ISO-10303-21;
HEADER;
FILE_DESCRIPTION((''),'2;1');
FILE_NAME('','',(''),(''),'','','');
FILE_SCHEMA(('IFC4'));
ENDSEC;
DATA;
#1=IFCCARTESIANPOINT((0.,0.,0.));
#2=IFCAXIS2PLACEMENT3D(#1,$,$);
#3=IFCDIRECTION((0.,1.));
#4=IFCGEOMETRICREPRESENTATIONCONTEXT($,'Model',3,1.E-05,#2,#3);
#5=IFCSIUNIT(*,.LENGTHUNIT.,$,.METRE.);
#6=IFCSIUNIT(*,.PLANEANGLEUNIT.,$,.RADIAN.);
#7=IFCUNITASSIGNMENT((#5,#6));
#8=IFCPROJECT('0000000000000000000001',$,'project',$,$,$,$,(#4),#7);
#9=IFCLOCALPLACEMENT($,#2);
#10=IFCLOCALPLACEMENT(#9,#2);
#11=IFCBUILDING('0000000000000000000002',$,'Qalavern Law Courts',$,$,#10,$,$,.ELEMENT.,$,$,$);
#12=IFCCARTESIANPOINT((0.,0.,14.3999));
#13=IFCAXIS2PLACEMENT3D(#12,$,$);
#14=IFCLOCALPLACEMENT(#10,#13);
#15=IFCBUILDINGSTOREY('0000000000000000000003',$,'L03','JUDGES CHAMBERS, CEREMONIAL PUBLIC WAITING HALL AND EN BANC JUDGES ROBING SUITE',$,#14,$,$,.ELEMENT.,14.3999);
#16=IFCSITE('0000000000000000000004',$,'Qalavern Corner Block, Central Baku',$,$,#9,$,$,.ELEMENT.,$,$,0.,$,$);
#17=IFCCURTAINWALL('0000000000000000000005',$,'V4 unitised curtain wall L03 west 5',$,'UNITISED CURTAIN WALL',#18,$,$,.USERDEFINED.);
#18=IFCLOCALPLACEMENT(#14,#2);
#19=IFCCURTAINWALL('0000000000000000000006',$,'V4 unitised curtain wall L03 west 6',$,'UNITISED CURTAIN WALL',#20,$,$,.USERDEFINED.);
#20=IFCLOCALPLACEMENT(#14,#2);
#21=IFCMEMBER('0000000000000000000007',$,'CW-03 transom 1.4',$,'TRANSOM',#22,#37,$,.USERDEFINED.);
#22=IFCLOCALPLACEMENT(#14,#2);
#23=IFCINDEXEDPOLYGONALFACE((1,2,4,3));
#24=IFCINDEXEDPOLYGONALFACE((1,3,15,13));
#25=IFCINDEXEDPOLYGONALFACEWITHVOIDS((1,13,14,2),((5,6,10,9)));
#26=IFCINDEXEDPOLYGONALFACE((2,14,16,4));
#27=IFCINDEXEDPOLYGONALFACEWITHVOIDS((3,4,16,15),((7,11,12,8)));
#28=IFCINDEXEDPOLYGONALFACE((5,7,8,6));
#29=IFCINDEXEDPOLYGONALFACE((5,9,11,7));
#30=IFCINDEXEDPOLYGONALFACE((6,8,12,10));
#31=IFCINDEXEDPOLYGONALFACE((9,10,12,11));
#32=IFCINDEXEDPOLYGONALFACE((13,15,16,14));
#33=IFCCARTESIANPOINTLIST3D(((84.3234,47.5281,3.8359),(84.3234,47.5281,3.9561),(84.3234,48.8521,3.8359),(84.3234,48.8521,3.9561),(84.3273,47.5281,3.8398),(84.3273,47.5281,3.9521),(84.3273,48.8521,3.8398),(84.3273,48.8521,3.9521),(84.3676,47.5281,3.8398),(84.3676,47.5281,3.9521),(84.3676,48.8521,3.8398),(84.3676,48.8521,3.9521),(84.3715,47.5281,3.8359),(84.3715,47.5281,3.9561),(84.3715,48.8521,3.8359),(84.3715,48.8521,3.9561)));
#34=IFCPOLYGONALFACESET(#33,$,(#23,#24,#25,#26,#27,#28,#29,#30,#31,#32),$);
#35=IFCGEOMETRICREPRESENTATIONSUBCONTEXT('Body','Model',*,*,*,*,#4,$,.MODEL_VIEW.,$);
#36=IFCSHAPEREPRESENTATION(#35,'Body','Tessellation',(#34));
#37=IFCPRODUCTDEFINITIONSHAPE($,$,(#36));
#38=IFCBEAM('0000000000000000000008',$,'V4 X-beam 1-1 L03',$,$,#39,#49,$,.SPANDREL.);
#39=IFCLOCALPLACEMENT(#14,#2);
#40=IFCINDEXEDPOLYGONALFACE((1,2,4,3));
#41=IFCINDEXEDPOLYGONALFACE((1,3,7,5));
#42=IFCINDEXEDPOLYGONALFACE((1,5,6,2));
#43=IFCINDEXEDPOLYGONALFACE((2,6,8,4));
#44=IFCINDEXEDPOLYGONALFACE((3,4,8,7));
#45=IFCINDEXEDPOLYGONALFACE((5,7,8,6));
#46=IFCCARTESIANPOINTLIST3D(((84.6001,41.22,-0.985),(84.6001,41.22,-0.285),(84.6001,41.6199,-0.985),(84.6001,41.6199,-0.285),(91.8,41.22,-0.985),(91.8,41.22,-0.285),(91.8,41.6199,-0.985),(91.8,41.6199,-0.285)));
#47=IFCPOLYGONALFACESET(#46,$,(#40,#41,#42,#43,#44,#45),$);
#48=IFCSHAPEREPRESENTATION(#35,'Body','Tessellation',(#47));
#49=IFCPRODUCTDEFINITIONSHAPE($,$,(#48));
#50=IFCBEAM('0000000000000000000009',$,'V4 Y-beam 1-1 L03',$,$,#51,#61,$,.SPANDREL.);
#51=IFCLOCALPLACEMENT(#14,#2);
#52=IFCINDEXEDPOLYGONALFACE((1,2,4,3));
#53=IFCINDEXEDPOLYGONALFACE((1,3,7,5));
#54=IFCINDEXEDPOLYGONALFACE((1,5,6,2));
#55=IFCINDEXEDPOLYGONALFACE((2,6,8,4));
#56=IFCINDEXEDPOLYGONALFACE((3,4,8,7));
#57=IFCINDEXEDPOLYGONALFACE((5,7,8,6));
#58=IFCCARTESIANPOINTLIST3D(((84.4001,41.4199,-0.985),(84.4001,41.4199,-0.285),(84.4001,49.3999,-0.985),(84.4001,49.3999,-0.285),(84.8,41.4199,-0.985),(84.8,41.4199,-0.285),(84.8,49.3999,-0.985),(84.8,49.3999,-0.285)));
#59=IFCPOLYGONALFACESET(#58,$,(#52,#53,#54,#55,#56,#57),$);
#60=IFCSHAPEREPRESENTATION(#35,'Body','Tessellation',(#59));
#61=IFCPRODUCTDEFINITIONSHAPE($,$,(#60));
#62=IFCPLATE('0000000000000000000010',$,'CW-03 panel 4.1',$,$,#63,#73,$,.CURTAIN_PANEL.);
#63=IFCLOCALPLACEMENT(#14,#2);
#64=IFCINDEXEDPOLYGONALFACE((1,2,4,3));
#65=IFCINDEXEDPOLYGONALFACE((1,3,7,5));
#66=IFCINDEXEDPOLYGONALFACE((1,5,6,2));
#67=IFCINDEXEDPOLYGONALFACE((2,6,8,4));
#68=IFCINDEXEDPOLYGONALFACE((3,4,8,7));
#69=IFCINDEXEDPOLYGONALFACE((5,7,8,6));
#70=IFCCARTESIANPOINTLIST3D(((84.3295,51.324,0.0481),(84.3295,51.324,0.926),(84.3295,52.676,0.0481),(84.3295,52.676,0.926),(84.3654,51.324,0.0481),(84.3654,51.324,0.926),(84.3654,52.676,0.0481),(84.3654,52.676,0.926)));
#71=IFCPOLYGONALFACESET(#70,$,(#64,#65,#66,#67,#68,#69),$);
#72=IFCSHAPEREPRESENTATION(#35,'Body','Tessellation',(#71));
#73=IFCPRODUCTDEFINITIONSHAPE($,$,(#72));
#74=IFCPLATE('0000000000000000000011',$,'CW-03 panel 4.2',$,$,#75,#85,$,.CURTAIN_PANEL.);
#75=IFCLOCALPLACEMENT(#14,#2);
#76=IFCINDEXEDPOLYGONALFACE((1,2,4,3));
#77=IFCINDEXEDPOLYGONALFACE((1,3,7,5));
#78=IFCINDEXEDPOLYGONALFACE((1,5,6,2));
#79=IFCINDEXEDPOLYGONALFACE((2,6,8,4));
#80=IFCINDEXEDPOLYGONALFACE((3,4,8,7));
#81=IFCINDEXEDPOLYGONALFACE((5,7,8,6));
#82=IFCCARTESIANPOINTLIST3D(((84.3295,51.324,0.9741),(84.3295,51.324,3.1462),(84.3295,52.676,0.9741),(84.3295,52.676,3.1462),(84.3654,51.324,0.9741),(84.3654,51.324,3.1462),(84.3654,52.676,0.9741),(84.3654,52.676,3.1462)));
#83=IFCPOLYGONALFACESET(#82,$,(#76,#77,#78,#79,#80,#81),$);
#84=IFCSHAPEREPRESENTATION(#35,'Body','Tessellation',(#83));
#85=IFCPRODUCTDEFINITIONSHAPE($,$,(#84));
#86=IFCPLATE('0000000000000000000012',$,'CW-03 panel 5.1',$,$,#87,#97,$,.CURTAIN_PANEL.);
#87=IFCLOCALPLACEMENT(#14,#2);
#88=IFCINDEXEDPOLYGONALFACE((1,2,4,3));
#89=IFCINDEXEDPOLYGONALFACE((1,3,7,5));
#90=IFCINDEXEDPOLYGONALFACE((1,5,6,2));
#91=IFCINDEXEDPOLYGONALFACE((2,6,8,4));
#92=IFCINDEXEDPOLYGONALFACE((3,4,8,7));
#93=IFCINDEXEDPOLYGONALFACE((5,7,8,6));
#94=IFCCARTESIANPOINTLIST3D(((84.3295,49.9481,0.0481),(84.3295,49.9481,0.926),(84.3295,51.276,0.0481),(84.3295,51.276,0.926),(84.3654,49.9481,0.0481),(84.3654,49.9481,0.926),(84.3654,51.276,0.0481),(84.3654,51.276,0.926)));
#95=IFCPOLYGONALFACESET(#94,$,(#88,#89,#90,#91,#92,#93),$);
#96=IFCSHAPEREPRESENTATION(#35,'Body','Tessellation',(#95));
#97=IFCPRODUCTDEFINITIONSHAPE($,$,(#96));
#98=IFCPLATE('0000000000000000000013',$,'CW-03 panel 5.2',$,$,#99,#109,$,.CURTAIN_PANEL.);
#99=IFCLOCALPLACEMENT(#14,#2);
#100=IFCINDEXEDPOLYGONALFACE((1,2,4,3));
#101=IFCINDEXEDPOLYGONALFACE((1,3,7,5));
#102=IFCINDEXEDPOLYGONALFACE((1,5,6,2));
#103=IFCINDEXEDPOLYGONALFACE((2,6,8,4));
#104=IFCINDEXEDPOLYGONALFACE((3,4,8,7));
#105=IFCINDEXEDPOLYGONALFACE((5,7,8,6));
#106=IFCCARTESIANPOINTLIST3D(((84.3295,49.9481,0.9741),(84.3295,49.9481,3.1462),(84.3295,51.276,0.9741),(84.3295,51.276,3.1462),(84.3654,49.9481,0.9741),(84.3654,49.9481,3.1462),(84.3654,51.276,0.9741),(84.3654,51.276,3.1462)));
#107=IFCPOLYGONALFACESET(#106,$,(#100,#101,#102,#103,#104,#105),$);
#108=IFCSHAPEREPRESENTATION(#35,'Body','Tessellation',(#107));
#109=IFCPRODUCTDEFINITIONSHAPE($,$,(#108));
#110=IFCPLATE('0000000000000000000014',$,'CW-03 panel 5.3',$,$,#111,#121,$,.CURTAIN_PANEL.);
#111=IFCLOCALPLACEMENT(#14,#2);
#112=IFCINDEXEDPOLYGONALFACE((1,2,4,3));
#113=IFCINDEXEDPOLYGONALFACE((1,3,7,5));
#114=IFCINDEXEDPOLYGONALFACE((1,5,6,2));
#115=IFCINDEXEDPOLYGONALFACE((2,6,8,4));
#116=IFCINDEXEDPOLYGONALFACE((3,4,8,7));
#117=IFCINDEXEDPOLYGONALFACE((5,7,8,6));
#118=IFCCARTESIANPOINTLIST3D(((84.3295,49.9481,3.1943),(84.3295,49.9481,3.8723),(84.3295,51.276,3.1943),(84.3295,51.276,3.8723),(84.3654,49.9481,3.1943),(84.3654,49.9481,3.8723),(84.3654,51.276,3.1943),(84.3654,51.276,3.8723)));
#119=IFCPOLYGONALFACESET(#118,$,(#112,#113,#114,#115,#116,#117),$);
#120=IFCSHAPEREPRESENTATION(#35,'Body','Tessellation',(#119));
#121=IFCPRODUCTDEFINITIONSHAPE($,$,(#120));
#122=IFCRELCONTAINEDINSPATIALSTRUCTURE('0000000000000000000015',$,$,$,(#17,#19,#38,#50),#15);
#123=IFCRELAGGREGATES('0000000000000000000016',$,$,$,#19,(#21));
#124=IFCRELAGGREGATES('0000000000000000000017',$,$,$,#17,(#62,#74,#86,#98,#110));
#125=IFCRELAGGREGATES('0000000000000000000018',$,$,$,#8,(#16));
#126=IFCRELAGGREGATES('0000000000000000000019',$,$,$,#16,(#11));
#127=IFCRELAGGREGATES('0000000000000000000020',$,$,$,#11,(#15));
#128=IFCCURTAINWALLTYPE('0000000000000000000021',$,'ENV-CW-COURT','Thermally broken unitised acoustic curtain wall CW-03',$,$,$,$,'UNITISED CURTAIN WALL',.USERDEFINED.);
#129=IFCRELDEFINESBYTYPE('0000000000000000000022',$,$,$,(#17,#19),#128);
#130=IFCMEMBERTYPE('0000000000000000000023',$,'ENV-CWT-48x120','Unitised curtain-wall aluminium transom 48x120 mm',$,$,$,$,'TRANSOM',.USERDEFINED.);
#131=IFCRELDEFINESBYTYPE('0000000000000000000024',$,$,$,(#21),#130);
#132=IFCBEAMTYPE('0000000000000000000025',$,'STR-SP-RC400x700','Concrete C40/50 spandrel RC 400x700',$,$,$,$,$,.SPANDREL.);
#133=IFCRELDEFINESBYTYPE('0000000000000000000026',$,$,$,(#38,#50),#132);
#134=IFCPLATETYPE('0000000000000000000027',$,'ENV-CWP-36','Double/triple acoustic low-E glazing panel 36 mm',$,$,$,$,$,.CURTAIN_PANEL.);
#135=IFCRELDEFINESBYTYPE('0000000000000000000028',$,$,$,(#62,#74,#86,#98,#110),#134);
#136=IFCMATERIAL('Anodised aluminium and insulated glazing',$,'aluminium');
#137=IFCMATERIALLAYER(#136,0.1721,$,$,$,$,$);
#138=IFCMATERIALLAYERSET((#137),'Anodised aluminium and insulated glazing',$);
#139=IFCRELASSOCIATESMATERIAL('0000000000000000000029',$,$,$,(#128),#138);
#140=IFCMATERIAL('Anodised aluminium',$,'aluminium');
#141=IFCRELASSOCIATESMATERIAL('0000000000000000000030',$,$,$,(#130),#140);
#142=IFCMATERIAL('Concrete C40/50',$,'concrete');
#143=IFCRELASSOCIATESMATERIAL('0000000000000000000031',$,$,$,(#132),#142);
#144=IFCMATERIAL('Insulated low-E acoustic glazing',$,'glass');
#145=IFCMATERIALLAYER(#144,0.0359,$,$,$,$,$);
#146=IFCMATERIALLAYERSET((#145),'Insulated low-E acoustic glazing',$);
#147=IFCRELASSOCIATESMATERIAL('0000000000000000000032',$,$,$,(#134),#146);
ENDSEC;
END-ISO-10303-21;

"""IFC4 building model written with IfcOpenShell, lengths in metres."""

from ifc_helpers import new_model, si_unit, direction, frame, origin, origin_2d, place, context, subcontext, project, spatial, rectangle, hollow_rectangle, extrude, material, layer, layer_set, material_profile, profile_set, type_object, element, aggregate, save


model = new_model("IFC4")

# Units and contexts
model_context = context("Model", 3, precision=1e-05, world=origin(), true_north=direction((0.0, 1.0)))
body_context = subcontext(model_context, "Body", "Model", "MODEL_VIEW")
ifc_project = project(units=[si_unit("LENGTHUNIT", "METRE"), si_unit("PLANEANGLEUNIT", "RADIAN")], contexts=[model_context])

# Site, building, storey
site_placement = place(None, origin())
site = spatial("IfcSite", under=ifc_project, at=site_placement, Name="Qalavern Corner Block, Central Baku", CompositionType="ELEMENT", RefElevation=0.0)
building_placement = place(site_placement, origin())
building = spatial("IfcBuilding", under=site, at=building_placement, Name="Qalavern Law Courts", CompositionType="ELEMENT")
storey_placement = place(building_placement, frame((0.0, 0.0, 14.3999)))
storey = spatial("IfcBuildingStorey", under=building, at=storey_placement, Name="L03", Description="JUDGES CHAMBERS, CEREMONIAL PUBLIC WAITING HALL AND EN BANC JUDGES ROBING SUITE", CompositionType="ELEMENT", Elevation=14.3999)

# Curtain wall
ifc_material_1 = material(Name="Anodised aluminium and insulated glazing", Category="aluminium")
ifc_layer_1 = layer(ifc_material_1, 0.1721)
ifc_layer_set_1 = layer_set([ifc_layer_1], Name="Anodised aluminium and insulated glazing")
curtain_wall_type = type_object("IfcCurtainWallType", Name="ENV-CW-COURT", Description="Thermally broken unitised acoustic curtain wall CW-03", ElementType="UNITISED CURTAIN WALL", PredefinedType="USERDEFINED", material=ifc_layer_set_1)
curtain_wall_1_placement = place(storey_placement, origin())
curtain_wall_1 = element("IfcCurtainWall", 1, at=curtain_wall_1_placement, inside=storey, type_object=curtain_wall_type, Name="V4 unitised curtain wall L03 west 5", ObjectType="UNITISED CURTAIN WALL", PredefinedType="USERDEFINED")
ifc_material_2 = material(Name="Anodised aluminium", Category="aluminium")

# Curtain wall
curtain_wall_2_placement = place(storey_placement, origin())
curtain_wall_2 = element("IfcCurtainWall", 2, at=curtain_wall_2_placement, inside=storey, type_object=curtain_wall_type, Name="V4 unitised curtain wall L03 west 6", ObjectType="UNITISED CURTAIN WALL", PredefinedType="USERDEFINED")

# Member
ifc_material_profile_1 = material_profile(ifc_material_2, hollow_rectangle(XDim=0.0481, YDim=0.1201, WallThickness=0.0039, at=origin_2d()), Name="ALU TRANSOM 48x120")
ifc_profile_set_1 = profile_set([ifc_material_profile_1], Name="Anodised aluminium")
member_type_1 = type_object("IfcMemberType", Name="ENV-CWT-48x120", Description="Unitised curtain-wall aluminium transom 48x120 mm", ElementType="TRANSOM", PredefinedType="USERDEFINED", material=ifc_profile_set_1)
member_1_placement = place(storey_placement, frame((84.3474, 48.8521, 3.896), z_axis=(0.0, -1.0, 0.0), x_axis=(1.0, 0.0, 0.0)))
member_1 = element("IfcMember", 3, at=member_1_placement, type_object=member_type_1, Name="CW-03 transom 1.4", ObjectType="TRANSOM", PredefinedType="USERDEFINED", context=body_context, shape_type="SweptSolid", body=[
    extrude(hollow_rectangle(XDim=0.0481, YDim=0.1201, WallThickness=0.0039, at=origin_2d()), origin(), (0.0, 0.0, 1.0), 1.324),
])
aggregate(curtain_wall_2, [member_1])

# Beams
ifc_material_3 = material(Name="Concrete C40/50", Category="concrete")
ifc_material_profile_2 = material_profile(ifc_material_3, rectangle(XDim=0.3999, YDim=0.7, at=origin_2d()), Name="RC 400x700")
ifc_profile_set_2 = profile_set([ifc_material_profile_2], Name="Concrete C40/50")
beam_type = type_object("IfcBeamType", Name="STR-SP-RC400x700", Description="Concrete C40/50 spandrel RC 400x700", PredefinedType="SPANDREL", material=ifc_profile_set_2)
beam_1_placement = place(storey_placement, frame((84.6001, 41.4199, -0.635), z_axis=(1.0, 0.0, 0.0), x_axis=(0.0, 1.0, 0.0)))
element("IfcBeam", 4, at=beam_1_placement, inside=storey, type_object=beam_type, Name="V4 X-beam 1-1 L03", PredefinedType="SPANDREL", context=body_context, shape_type="SweptSolid", body=[
    extrude(rectangle(XDim=0.3999, YDim=0.7, at=origin_2d()), origin(), (0.0, 0.0, 1.0), 7.2),
])
beam_2_placement = place(storey_placement, frame((84.6001, 41.4199, -0.635), z_axis=(0.0, 1.0, 0.0), x_axis=(-1.0, 0.0, 0.0)))
element("IfcBeam", 5, at=beam_2_placement, inside=storey, type_object=beam_type, Name="V4 Y-beam 1-1 L03", PredefinedType="SPANDREL", context=body_context, shape_type="SweptSolid", body=[
    extrude(rectangle(XDim=0.3999, YDim=0.7, at=origin_2d()), origin(), (0.0, 0.0, 1.0), 7.98),
])

# Plates
ifc_material_4 = material(Name="Insulated low-E acoustic glazing", Category="glass")
ifc_layer_2 = layer(ifc_material_4, 0.0359)
ifc_layer_set_2 = layer_set([ifc_layer_2], Name="Insulated low-E acoustic glazing")
plate_type = type_object("IfcPlateType", Name="ENV-CWP-36", Description="Double/triple acoustic low-E glazing panel 36 mm", PredefinedType="CURTAIN_PANEL", material=ifc_layer_set_2)
plate_1_placement = place(storey_placement, frame((84.3474, 52.0, 0.0481), z_axis=(0.0, 0.0, 1.0), x_axis=(0.0, -1.0, 0.0)))
plate_1 = element("IfcPlate", 6, at=plate_1_placement, type_object=plate_type, Name="CW-03 panel 4.1", PredefinedType="CURTAIN_PANEL", context=body_context, shape_type="SweptSolid", body=[
    extrude(rectangle(XDim=1.3521, YDim=0.0359, at=origin_2d()), origin(), (0.0, 0.0, 1.0), 0.8779),
])
plate_2_placement = place(storey_placement, frame((84.3474, 52.0, 0.9741), z_axis=(0.0, 0.0, 1.0), x_axis=(0.0, -1.0, 0.0)))
plate_2 = element("IfcPlate", 7, at=plate_2_placement, type_object=plate_type, Name="CW-03 panel 4.2", PredefinedType="CURTAIN_PANEL", context=body_context, shape_type="SweptSolid", body=[
    extrude(rectangle(XDim=1.3521, YDim=0.0359, at=origin_2d()), origin(), (0.0, 0.0, 1.0), 2.1721),
])
plate_3_placement = place(storey_placement, frame((84.3474, 50.6121, 0.0481), z_axis=(0.0, 0.0, 1.0), x_axis=(0.0, -1.0, 0.0)))
plate_3 = element("IfcPlate", 8, at=plate_3_placement, type_object=plate_type, Name="CW-03 panel 5.1", PredefinedType="CURTAIN_PANEL", context=body_context, shape_type="SweptSolid", body=[
    extrude(rectangle(XDim=1.3279, YDim=0.0359, at=origin_2d()), origin(), (0.0, 0.0, 1.0), 0.8779),
])
plate_4_placement = place(storey_placement, frame((84.3474, 50.6121, 0.9741), z_axis=(0.0, 0.0, 1.0), x_axis=(0.0, -1.0, 0.0)))
plate_4 = element("IfcPlate", 9, at=plate_4_placement, type_object=plate_type, Name="CW-03 panel 5.2", PredefinedType="CURTAIN_PANEL", context=body_context, shape_type="SweptSolid", body=[
    extrude(rectangle(XDim=1.3279, YDim=0.0359, at=origin_2d()), origin(), (0.0, 0.0, 1.0), 2.1721),
])
plate_5_placement = place(storey_placement, frame((84.3474, 50.6121, 3.1943), z_axis=(0.0, 0.0, 1.0), x_axis=(0.0, -1.0, 0.0)))
plate_5 = element("IfcPlate", 10, at=plate_5_placement, type_object=plate_type, Name="CW-03 panel 5.3", PredefinedType="CURTAIN_PANEL", context=body_context, shape_type="SweptSolid", body=[
    extrude(rectangle(XDim=1.3279, YDim=0.0359, at=origin_2d()), origin(), (0.0, 0.0, 1.0), 0.678),
])
aggregate(curtain_wall_1, [plate_1, plate_2, plate_3, plate_4, plate_5])

save(model, "model.ifc")
